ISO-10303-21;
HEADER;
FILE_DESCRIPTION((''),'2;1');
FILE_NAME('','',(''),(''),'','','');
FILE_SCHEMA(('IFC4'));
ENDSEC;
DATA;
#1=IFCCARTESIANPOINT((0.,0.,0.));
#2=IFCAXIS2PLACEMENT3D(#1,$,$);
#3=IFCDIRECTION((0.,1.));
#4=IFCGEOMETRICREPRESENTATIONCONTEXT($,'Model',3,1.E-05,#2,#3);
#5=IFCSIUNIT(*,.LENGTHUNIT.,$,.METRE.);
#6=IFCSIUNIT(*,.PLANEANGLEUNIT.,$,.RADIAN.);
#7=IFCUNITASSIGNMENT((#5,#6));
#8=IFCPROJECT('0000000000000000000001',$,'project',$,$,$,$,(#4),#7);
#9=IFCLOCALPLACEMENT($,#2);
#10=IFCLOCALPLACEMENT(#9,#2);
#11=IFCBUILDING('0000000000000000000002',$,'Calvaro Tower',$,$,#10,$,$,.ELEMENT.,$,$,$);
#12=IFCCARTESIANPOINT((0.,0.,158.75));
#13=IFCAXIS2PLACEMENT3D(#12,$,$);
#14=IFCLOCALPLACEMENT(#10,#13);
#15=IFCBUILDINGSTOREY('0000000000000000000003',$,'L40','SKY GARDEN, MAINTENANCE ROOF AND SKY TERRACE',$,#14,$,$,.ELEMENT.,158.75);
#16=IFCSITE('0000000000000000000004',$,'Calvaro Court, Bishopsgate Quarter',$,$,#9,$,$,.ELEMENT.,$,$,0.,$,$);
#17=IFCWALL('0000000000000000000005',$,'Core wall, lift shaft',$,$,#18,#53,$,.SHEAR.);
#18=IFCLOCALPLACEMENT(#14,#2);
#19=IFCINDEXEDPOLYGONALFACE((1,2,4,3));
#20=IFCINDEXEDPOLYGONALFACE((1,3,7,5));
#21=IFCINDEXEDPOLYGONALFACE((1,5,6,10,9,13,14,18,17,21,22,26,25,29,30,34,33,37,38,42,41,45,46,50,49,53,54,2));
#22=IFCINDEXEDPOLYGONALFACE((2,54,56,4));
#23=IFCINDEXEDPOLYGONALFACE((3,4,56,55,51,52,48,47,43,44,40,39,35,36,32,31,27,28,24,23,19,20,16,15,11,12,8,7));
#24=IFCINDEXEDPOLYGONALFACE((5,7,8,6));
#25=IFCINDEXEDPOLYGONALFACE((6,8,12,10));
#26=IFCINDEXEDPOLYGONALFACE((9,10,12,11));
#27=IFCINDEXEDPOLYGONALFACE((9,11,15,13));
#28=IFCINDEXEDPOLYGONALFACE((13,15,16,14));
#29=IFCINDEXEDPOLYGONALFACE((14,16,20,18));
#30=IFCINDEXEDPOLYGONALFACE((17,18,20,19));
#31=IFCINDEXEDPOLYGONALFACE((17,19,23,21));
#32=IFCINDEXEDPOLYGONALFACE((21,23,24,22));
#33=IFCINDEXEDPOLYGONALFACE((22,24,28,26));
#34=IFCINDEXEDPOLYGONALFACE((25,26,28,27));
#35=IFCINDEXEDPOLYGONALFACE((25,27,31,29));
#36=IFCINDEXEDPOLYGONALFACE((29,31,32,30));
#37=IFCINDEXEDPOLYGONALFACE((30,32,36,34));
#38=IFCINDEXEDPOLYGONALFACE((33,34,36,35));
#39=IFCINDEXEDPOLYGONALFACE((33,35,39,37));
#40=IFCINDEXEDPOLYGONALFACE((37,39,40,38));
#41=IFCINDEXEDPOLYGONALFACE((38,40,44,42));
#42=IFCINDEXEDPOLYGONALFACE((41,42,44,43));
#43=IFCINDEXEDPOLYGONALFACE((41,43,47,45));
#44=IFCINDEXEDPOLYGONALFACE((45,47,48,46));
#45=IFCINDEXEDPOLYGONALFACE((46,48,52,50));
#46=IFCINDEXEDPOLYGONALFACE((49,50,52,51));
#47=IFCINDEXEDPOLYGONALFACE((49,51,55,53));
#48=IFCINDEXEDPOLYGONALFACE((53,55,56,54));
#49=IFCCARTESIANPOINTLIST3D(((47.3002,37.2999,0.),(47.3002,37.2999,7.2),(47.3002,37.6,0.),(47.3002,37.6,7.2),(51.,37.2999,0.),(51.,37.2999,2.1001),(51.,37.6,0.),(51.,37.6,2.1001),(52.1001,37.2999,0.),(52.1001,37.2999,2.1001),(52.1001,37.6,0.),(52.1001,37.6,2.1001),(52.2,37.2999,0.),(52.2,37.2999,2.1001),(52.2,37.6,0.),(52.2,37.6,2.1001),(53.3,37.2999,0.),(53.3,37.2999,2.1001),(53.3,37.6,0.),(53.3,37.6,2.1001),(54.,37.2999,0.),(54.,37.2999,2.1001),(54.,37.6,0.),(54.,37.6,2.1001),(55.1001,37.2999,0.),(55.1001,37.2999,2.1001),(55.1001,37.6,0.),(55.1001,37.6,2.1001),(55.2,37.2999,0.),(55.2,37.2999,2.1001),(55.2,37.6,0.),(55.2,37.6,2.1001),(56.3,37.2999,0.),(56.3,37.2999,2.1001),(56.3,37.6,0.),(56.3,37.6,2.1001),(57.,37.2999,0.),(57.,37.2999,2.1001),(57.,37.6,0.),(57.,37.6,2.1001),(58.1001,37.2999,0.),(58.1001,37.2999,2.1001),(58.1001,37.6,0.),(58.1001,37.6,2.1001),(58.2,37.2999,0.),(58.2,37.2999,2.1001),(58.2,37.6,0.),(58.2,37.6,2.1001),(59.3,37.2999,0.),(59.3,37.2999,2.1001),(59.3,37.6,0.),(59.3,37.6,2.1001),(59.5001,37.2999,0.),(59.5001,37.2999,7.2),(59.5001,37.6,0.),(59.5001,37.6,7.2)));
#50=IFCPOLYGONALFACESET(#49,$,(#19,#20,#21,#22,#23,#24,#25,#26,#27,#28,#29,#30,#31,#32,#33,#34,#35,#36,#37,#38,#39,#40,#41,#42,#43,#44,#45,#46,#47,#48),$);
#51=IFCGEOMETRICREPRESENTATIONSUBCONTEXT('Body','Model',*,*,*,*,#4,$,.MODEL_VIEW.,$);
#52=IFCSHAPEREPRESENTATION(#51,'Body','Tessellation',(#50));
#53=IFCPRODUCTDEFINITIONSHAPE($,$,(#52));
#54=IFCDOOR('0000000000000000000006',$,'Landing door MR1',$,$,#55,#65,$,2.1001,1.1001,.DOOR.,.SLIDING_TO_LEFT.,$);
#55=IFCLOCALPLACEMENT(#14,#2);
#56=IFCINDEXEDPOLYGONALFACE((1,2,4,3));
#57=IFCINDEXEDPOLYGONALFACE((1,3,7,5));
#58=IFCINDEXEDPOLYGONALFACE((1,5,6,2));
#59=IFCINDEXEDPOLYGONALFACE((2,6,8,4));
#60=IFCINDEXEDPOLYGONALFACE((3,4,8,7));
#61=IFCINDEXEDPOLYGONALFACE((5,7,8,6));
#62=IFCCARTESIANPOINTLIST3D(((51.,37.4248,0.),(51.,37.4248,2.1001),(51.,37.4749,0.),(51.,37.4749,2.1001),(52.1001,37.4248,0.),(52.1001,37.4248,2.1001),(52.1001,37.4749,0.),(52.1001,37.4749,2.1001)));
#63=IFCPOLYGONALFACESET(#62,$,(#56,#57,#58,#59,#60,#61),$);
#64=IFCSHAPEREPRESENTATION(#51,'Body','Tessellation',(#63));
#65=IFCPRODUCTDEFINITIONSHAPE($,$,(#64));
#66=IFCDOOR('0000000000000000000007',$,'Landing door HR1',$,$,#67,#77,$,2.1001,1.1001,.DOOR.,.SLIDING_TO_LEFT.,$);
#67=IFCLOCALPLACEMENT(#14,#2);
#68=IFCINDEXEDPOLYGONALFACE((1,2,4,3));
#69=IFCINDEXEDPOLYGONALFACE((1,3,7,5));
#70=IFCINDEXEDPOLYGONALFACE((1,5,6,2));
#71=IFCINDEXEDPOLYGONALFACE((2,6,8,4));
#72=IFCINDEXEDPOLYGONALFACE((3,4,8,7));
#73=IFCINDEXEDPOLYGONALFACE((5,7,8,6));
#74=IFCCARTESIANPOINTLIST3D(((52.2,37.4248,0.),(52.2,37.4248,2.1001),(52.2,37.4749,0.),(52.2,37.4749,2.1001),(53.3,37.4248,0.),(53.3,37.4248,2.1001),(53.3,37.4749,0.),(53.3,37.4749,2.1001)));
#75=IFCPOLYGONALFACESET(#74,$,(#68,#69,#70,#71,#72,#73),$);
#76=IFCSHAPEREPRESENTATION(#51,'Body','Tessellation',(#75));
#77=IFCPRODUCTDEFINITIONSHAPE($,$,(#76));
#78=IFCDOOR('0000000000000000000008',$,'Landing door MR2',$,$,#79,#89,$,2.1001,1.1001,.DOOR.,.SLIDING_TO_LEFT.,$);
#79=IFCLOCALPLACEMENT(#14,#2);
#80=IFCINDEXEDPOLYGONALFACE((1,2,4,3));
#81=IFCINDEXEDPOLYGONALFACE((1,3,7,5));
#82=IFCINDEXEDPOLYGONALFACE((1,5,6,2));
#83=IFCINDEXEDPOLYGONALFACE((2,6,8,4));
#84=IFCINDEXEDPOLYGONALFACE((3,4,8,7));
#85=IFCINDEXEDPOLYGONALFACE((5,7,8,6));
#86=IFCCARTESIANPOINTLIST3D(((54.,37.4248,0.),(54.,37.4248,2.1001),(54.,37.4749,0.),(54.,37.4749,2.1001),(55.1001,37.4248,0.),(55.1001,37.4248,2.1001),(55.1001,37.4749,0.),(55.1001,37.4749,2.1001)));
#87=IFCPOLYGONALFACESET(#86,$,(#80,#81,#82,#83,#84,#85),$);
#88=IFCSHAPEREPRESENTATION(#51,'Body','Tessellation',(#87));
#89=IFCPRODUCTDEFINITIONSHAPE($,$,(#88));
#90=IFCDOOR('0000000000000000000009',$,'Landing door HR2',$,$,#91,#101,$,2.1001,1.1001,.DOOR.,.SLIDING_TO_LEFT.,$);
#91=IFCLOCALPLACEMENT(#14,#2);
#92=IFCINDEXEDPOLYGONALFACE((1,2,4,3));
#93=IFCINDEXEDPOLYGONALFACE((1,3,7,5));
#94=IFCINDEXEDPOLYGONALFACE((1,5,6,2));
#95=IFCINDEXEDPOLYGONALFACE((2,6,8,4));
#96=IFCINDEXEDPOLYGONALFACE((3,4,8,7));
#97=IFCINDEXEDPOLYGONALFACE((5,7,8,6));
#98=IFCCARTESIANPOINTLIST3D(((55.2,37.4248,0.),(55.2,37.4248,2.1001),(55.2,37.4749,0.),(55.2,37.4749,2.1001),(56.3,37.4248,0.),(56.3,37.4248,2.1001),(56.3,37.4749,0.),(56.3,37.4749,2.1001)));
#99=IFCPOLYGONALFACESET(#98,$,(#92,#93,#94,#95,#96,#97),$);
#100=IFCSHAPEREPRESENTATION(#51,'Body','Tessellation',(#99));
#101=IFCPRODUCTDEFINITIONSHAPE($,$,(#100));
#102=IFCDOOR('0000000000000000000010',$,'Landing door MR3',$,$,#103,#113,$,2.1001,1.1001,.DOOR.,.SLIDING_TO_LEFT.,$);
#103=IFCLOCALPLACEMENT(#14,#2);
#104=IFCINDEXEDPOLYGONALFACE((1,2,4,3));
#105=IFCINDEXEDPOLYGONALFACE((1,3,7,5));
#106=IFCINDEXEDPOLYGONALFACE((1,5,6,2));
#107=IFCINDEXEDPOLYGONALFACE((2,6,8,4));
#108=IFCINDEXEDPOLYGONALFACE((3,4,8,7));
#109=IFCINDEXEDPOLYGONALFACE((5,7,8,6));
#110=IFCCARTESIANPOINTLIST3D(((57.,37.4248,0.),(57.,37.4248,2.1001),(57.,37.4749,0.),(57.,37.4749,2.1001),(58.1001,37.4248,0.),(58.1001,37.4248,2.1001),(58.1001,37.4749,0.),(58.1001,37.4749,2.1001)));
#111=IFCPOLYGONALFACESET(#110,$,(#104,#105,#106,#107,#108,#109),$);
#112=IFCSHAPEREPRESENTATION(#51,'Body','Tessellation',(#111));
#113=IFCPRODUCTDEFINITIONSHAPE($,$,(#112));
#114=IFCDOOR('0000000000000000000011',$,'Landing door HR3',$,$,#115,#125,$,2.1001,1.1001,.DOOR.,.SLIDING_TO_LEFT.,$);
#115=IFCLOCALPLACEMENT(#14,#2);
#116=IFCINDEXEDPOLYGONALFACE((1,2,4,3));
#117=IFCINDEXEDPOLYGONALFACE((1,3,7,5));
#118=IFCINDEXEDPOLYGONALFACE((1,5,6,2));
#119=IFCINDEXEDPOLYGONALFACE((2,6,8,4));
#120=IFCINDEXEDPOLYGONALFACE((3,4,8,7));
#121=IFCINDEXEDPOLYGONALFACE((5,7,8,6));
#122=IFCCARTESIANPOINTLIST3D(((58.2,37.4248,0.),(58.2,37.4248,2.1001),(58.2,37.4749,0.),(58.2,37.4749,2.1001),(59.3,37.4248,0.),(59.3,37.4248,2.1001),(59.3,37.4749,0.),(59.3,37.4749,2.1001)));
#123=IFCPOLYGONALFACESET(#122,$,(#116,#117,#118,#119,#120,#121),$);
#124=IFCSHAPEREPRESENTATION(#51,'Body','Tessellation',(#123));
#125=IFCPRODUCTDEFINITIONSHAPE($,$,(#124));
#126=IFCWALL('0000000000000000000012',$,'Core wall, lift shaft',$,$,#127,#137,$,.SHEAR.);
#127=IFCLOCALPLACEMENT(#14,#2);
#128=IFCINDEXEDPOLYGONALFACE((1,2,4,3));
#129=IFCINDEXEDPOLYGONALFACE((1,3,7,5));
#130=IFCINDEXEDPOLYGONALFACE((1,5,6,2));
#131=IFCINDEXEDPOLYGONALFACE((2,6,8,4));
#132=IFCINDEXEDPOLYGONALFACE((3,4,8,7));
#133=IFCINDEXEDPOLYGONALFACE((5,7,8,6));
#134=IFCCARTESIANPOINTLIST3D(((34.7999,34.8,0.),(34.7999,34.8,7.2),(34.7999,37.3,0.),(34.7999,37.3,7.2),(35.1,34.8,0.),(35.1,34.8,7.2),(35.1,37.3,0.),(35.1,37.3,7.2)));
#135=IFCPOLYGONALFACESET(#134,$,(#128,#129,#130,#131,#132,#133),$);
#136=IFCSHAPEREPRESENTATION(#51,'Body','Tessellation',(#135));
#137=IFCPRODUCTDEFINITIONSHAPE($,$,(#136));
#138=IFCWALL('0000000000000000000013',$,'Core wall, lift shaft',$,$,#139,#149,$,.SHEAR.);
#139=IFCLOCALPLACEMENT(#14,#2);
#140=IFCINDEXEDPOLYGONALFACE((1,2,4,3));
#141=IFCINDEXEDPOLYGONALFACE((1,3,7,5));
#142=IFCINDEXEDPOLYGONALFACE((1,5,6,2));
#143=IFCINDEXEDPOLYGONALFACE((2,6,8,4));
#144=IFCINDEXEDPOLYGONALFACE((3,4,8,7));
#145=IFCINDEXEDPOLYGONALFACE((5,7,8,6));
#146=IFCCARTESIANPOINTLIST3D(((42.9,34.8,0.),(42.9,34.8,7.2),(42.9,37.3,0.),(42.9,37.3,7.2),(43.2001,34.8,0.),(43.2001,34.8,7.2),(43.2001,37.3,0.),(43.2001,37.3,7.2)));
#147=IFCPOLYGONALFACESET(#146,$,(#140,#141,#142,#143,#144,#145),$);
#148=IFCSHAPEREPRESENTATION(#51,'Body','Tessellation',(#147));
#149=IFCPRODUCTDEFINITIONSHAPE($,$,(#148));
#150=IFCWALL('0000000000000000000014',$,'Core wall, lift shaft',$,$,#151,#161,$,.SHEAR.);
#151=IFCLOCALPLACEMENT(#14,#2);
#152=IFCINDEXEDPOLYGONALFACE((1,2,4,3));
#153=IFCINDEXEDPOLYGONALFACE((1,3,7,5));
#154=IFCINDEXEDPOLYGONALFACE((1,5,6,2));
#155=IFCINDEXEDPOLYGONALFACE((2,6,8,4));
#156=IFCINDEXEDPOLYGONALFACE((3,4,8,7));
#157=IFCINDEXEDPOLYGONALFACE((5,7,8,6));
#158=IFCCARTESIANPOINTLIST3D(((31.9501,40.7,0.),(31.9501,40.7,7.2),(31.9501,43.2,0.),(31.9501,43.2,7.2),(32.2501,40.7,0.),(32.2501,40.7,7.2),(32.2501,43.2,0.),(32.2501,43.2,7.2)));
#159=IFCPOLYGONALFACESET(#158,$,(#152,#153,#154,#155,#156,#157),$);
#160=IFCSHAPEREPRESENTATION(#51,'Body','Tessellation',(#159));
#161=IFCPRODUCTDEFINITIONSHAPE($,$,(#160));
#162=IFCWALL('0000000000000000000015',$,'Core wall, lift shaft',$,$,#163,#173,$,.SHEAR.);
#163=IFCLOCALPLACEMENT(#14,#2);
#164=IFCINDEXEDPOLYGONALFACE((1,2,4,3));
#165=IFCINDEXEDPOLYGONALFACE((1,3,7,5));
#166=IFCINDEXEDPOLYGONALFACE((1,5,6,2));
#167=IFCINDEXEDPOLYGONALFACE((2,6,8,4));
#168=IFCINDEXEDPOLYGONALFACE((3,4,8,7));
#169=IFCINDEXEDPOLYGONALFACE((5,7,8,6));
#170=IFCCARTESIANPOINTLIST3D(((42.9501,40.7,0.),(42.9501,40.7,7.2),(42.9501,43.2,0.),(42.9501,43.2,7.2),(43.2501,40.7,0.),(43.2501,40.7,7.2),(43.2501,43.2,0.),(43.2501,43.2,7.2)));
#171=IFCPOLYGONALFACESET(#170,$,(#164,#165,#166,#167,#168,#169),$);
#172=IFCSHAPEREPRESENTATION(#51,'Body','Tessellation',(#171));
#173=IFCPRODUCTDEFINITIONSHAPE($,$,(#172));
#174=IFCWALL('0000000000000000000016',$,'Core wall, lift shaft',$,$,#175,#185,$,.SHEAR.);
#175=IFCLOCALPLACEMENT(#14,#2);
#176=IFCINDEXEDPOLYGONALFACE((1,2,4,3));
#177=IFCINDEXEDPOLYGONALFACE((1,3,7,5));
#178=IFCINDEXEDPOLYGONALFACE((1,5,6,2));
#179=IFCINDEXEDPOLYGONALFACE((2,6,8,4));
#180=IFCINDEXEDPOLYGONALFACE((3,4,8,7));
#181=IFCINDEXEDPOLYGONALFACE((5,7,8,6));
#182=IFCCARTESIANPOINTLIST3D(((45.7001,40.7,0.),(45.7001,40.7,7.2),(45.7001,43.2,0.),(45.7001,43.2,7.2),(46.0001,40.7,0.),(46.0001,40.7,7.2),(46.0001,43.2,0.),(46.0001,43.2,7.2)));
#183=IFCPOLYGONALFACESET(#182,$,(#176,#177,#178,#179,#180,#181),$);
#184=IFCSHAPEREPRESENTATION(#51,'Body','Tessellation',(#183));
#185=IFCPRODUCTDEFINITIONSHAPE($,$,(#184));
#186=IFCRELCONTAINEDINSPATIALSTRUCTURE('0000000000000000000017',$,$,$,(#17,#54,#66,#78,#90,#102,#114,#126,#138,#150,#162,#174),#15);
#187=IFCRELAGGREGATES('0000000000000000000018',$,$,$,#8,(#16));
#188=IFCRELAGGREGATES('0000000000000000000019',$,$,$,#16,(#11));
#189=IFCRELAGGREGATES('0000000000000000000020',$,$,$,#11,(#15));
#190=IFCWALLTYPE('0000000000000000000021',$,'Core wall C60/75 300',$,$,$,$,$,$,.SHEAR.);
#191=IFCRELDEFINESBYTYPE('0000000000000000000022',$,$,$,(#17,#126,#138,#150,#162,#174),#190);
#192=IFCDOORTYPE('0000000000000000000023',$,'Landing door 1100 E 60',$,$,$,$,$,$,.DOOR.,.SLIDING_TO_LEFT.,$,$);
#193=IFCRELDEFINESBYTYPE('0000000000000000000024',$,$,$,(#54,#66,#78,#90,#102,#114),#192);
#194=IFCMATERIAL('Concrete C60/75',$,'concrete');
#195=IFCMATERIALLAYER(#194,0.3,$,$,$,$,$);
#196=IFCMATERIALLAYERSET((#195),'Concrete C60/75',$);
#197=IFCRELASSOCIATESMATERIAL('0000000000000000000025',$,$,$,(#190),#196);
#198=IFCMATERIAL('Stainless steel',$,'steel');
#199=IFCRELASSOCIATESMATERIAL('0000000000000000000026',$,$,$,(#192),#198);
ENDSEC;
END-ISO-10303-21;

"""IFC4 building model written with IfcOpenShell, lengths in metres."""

from ifc_helpers import new_model, si_unit, direction, frame, frame_2d, origin, place, context, subcontext, project, spatial, rectangle, extrude, material, layer, layer_set, type_object, element, fill, save


model = new_model("IFC4")

# Units and contexts
model_context = context("Model", 3, precision=1e-05, world=origin(), true_north=direction((0.0, 1.0)))
body_context = subcontext(model_context, "Body", "Model", "MODEL_VIEW")
ifc_project = project(units=[si_unit("LENGTHUNIT", "METRE"), si_unit("PLANEANGLEUNIT", "RADIAN")], contexts=[model_context])

# Site, building, storey
site_placement = place(None, origin())
site = spatial("IfcSite", under=ifc_project, at=site_placement, Name="Calvaro Court, Bishopsgate Quarter", CompositionType="ELEMENT", RefElevation=0.0)
building_placement = place(site_placement, origin())
building = spatial("IfcBuilding", under=site, at=building_placement, Name="Calvaro Tower", CompositionType="ELEMENT")
storey_placement = place(building_placement, frame((0.0, 0.0, 158.75)))
storey = spatial("IfcBuildingStorey", under=building, at=storey_placement, Name="L40", Description="SKY GARDEN, MAINTENANCE ROOF AND SKY TERRACE", CompositionType="ELEMENT", Elevation=158.75)

# Shared definitions
ifc_material_1 = material(Name="Concrete C60/75", Category="concrete")
ifc_layer_1 = layer(ifc_material_1, 0.3)
ifc_layer_set_1 = layer_set([ifc_layer_1], Name="Concrete C60/75")
wall_type_1 = type_object("IfcWallType", Name="Core wall C60/75 300", PredefinedType="SHEAR", material=ifc_layer_set_1)

# Shared definitions
ifc_material_2 = material(Name="Stainless steel", Category="steel")
door_type_1 = type_object("IfcDoorType", Name="Landing door 1100 E 60", OperationType="SLIDING_TO_LEFT", PredefinedType="DOOR", material=ifc_material_2)

# Wall, openings, doors
wall_1_placement = place(storey_placement, frame((47.3, 37.45, 0.0), z_axis=(0.0, 0.0, 1.0), x_axis=(1.0, 0.0, 0.0)))
wall_1 = element("IfcWall", 1, at=wall_1_placement, inside=storey, type_object=wall_type_1, Name="Core wall, lift shaft", PredefinedType="SHEAR", context=body_context, shape_type="SweptSolid", body=[
    extrude(rectangle(XDim=12.2, YDim=0.3, at=frame_2d((6.1001, 0.0))), origin(), (0.0, 0.0, 1.0), 7.2),
])
opening_1_placement = place(wall_1_placement, frame((3.7, 0.0, 0.0)))
opening_1 = element("IfcOpeningElement", 2, at=opening_1_placement, cuts=wall_1, PredefinedType="OPENING", context=body_context, shape_type="SweptSolid", body=[
    extrude(rectangle(XDim=1.1001, YDim=2.1001, at=frame_2d((0.55, 1.05))), frame((0.0, 0.1599, 0.0), z_axis=(0.0, -1.0, 0.0), x_axis=(1.0, 0.0, 0.0)), (0.0, 0.0, 1.0), 0.3201),
])
opening_2_placement = place(wall_1_placement, frame((4.8999, 0.0, 0.0)))
opening_2 = element("IfcOpeningElement", 3, at=opening_2_placement, cuts=wall_1, PredefinedType="OPENING", context=body_context, shape_type="SweptSolid", body=[
    extrude(rectangle(XDim=1.1001, YDim=2.1001, at=frame_2d((0.55, 1.05))), frame((0.0, 0.1599, 0.0), z_axis=(0.0, -1.0, 0.0), x_axis=(1.0, 0.0, 0.0)), (0.0, 0.0, 1.0), 0.3201),
])
opening_3_placement = place(wall_1_placement, frame((6.7, 0.0, 0.0)))
opening_3 = element("IfcOpeningElement", 4, at=opening_3_placement, cuts=wall_1, PredefinedType="OPENING", context=body_context, shape_type="SweptSolid", body=[
    extrude(rectangle(XDim=1.1001, YDim=2.1001, at=frame_2d((0.55, 1.05))), frame((0.0, 0.1599, 0.0), z_axis=(0.0, -1.0, 0.0), x_axis=(1.0, 0.0, 0.0)), (0.0, 0.0, 1.0), 0.3201),
])
opening_4_placement = place(wall_1_placement, frame((7.8999, 0.0, 0.0)))
opening_4 = element("IfcOpeningElement", 5, at=opening_4_placement, cuts=wall_1, PredefinedType="OPENING", context=body_context, shape_type="SweptSolid", body=[
    extrude(rectangle(XDim=1.1001, YDim=2.1001, at=frame_2d((0.55, 1.05))), frame((0.0, 0.1599, 0.0), z_axis=(0.0, -1.0, 0.0), x_axis=(1.0, 0.0, 0.0)), (0.0, 0.0, 1.0), 0.3201),
])
opening_5_placement = place(wall_1_placement, frame((9.7, 0.0, 0.0)))
opening_5 = element("IfcOpeningElement", 6, at=opening_5_placement, cuts=wall_1, PredefinedType="OPENING", context=body_context, shape_type="SweptSolid", body=[
    extrude(rectangle(XDim=1.1001, YDim=2.1001, at=frame_2d((0.55, 1.05))), frame((0.0, 0.1599, 0.0), z_axis=(0.0, -1.0, 0.0), x_axis=(1.0, 0.0, 0.0)), (0.0, 0.0, 1.0), 0.3201),
])
opening_6_placement = place(wall_1_placement, frame((10.8999, 0.0, 0.0)))
opening_6 = element("IfcOpeningElement", 7, at=opening_6_placement, cuts=wall_1, PredefinedType="OPENING", context=body_context, shape_type="SweptSolid", body=[
    extrude(rectangle(XDim=1.1001, YDim=2.1001, at=frame_2d((0.55, 1.05))), frame((0.0, 0.1599, 0.0), z_axis=(0.0, -1.0, 0.0), x_axis=(1.0, 0.0, 0.0)), (0.0, 0.0, 1.0), 0.3201),
])
door_1_placement = place(opening_1_placement, origin())
door_1 = element("IfcDoor", 8, at=door_1_placement, inside=storey, type_object=door_type_1, Name="Landing door MR1", OperationType="SLIDING_TO_LEFT", OverallHeight=2.1001, OverallWidth=1.1001, PredefinedType="DOOR", context=body_context, shape_type="SweptSolid", body=[
    extrude(rectangle(XDim=1.1001, YDim=2.1001, at=frame_2d((0.55, 1.05))), frame((0.0, 0.0249, 0.0), z_axis=(0.0, -1.0, 0.0), x_axis=(1.0, 0.0, 0.0)), (0.0, 0.0, 1.0), 0.05),
])
fill(opening_1, door_1)
door_2_placement = place(opening_2_placement, origin())
door_2 = element("IfcDoor", 9, at=door_2_placement, inside=storey, type_object=door_type_1, Name="Landing door HR1", OperationType="SLIDING_TO_LEFT", OverallHeight=2.1001, OverallWidth=1.1001, PredefinedType="DOOR", context=body_context, shape_type="SweptSolid", body=[
    extrude(rectangle(XDim=1.1001, YDim=2.1001, at=frame_2d((0.55, 1.05))), frame((0.0, 0.0249, 0.0), z_axis=(0.0, -1.0, 0.0), x_axis=(1.0, 0.0, 0.0)), (0.0, 0.0, 1.0), 0.05),
])
fill(opening_2, door_2)
door_3_placement = place(opening_3_placement, origin())
door_3 = element("IfcDoor", 10, at=door_3_placement, inside=storey, type_object=door_type_1, Name="Landing door MR2", OperationType="SLIDING_TO_LEFT", OverallHeight=2.1001, OverallWidth=1.1001, PredefinedType="DOOR", context=body_context, shape_type="SweptSolid", body=[
    extrude(rectangle(XDim=1.1001, YDim=2.1001, at=frame_2d((0.55, 1.05))), frame((0.0, 0.0249, 0.0), z_axis=(0.0, -1.0, 0.0), x_axis=(1.0, 0.0, 0.0)), (0.0, 0.0, 1.0), 0.05),
])
fill(opening_3, door_3)
door_4_placement = place(opening_4_placement, origin())
door_4 = element("IfcDoor", 11, at=door_4_placement, inside=storey, type_object=door_type_1, Name="Landing door HR2", OperationType="SLIDING_TO_LEFT", OverallHeight=2.1001, OverallWidth=1.1001, PredefinedType="DOOR", context=body_context, shape_type="SweptSolid", body=[
    extrude(rectangle(XDim=1.1001, YDim=2.1001, at=frame_2d((0.55, 1.05))), frame((0.0, 0.0249, 0.0), z_axis=(0.0, -1.0, 0.0), x_axis=(1.0, 0.0, 0.0)), (0.0, 0.0, 1.0), 0.05),
])
fill(opening_4, door_4)
door_5_placement = place(opening_5_placement, origin())
door_5 = element("IfcDoor", 12, at=door_5_placement, inside=storey, type_object=door_type_1, Name="Landing door MR3", OperationType="SLIDING_TO_LEFT", OverallHeight=2.1001, OverallWidth=1.1001, PredefinedType="DOOR", context=body_context, shape_type="SweptSolid", body=[
    extrude(rectangle(XDim=1.1001, YDim=2.1001, at=frame_2d((0.55, 1.05))), frame((0.0, 0.0249, 0.0), z_axis=(0.0, -1.0, 0.0), x_axis=(1.0, 0.0, 0.0)), (0.0, 0.0, 1.0), 0.05),
])
fill(opening_5, door_5)
door_6_placement = place(opening_6_placement, origin())
door_6 = element("IfcDoor", 13, at=door_6_placement, inside=storey, type_object=door_type_1, Name="Landing door HR3", OperationType="SLIDING_TO_LEFT", OverallHeight=2.1001, OverallWidth=1.1001, PredefinedType="DOOR", context=body_context, shape_type="SweptSolid", body=[
    extrude(rectangle(XDim=1.1001, YDim=2.1001, at=frame_2d((0.55, 1.05))), frame((0.0, 0.0249, 0.0), z_axis=(0.0, -1.0, 0.0), x_axis=(1.0, 0.0, 0.0)), (0.0, 0.0, 1.0), 0.05),
])
fill(opening_6, door_6)

# Walls
for number, where, z_axis, x_axis, name in (
    (14, (34.95, 34.8, 0.0), (0.0, 0.0, 1.0), (0.0, 1.0, 0.0), "Core wall, lift shaft"),
    (15, (43.05, 34.8, 0.0), (0.0, 0.0, 1.0), (0.0, 1.0, 0.0), "Core wall, lift shaft"),
    (16, (32.1001, 40.7, 0.0), (0.0, 0.0, 1.0), (0.0, 1.0, 0.0), "Core wall, lift shaft"),
    (17, (43.1001, 40.7, 0.0), (0.0, 0.0, 1.0), (0.0, 1.0, 0.0), "Core wall, lift shaft"),
    (18, (45.8501, 40.7, 0.0), (0.0, 0.0, 1.0), (0.0, 1.0, 0.0), "Core wall, lift shaft"),
):
    element("IfcWall", number, at=place(storey_placement, frame(where, z_axis=z_axis, x_axis=x_axis)), inside=storey, type_object=wall_type_1, Name=name, PredefinedType="SHEAR", context=body_context, shape_type="SweptSolid", body=[
        extrude(rectangle(XDim=2.5, YDim=0.3, at=frame_2d((1.25, 0.0))), origin(), (0.0, 0.0, 1.0), 7.2),
    ])

save(model, "model.ifc")
